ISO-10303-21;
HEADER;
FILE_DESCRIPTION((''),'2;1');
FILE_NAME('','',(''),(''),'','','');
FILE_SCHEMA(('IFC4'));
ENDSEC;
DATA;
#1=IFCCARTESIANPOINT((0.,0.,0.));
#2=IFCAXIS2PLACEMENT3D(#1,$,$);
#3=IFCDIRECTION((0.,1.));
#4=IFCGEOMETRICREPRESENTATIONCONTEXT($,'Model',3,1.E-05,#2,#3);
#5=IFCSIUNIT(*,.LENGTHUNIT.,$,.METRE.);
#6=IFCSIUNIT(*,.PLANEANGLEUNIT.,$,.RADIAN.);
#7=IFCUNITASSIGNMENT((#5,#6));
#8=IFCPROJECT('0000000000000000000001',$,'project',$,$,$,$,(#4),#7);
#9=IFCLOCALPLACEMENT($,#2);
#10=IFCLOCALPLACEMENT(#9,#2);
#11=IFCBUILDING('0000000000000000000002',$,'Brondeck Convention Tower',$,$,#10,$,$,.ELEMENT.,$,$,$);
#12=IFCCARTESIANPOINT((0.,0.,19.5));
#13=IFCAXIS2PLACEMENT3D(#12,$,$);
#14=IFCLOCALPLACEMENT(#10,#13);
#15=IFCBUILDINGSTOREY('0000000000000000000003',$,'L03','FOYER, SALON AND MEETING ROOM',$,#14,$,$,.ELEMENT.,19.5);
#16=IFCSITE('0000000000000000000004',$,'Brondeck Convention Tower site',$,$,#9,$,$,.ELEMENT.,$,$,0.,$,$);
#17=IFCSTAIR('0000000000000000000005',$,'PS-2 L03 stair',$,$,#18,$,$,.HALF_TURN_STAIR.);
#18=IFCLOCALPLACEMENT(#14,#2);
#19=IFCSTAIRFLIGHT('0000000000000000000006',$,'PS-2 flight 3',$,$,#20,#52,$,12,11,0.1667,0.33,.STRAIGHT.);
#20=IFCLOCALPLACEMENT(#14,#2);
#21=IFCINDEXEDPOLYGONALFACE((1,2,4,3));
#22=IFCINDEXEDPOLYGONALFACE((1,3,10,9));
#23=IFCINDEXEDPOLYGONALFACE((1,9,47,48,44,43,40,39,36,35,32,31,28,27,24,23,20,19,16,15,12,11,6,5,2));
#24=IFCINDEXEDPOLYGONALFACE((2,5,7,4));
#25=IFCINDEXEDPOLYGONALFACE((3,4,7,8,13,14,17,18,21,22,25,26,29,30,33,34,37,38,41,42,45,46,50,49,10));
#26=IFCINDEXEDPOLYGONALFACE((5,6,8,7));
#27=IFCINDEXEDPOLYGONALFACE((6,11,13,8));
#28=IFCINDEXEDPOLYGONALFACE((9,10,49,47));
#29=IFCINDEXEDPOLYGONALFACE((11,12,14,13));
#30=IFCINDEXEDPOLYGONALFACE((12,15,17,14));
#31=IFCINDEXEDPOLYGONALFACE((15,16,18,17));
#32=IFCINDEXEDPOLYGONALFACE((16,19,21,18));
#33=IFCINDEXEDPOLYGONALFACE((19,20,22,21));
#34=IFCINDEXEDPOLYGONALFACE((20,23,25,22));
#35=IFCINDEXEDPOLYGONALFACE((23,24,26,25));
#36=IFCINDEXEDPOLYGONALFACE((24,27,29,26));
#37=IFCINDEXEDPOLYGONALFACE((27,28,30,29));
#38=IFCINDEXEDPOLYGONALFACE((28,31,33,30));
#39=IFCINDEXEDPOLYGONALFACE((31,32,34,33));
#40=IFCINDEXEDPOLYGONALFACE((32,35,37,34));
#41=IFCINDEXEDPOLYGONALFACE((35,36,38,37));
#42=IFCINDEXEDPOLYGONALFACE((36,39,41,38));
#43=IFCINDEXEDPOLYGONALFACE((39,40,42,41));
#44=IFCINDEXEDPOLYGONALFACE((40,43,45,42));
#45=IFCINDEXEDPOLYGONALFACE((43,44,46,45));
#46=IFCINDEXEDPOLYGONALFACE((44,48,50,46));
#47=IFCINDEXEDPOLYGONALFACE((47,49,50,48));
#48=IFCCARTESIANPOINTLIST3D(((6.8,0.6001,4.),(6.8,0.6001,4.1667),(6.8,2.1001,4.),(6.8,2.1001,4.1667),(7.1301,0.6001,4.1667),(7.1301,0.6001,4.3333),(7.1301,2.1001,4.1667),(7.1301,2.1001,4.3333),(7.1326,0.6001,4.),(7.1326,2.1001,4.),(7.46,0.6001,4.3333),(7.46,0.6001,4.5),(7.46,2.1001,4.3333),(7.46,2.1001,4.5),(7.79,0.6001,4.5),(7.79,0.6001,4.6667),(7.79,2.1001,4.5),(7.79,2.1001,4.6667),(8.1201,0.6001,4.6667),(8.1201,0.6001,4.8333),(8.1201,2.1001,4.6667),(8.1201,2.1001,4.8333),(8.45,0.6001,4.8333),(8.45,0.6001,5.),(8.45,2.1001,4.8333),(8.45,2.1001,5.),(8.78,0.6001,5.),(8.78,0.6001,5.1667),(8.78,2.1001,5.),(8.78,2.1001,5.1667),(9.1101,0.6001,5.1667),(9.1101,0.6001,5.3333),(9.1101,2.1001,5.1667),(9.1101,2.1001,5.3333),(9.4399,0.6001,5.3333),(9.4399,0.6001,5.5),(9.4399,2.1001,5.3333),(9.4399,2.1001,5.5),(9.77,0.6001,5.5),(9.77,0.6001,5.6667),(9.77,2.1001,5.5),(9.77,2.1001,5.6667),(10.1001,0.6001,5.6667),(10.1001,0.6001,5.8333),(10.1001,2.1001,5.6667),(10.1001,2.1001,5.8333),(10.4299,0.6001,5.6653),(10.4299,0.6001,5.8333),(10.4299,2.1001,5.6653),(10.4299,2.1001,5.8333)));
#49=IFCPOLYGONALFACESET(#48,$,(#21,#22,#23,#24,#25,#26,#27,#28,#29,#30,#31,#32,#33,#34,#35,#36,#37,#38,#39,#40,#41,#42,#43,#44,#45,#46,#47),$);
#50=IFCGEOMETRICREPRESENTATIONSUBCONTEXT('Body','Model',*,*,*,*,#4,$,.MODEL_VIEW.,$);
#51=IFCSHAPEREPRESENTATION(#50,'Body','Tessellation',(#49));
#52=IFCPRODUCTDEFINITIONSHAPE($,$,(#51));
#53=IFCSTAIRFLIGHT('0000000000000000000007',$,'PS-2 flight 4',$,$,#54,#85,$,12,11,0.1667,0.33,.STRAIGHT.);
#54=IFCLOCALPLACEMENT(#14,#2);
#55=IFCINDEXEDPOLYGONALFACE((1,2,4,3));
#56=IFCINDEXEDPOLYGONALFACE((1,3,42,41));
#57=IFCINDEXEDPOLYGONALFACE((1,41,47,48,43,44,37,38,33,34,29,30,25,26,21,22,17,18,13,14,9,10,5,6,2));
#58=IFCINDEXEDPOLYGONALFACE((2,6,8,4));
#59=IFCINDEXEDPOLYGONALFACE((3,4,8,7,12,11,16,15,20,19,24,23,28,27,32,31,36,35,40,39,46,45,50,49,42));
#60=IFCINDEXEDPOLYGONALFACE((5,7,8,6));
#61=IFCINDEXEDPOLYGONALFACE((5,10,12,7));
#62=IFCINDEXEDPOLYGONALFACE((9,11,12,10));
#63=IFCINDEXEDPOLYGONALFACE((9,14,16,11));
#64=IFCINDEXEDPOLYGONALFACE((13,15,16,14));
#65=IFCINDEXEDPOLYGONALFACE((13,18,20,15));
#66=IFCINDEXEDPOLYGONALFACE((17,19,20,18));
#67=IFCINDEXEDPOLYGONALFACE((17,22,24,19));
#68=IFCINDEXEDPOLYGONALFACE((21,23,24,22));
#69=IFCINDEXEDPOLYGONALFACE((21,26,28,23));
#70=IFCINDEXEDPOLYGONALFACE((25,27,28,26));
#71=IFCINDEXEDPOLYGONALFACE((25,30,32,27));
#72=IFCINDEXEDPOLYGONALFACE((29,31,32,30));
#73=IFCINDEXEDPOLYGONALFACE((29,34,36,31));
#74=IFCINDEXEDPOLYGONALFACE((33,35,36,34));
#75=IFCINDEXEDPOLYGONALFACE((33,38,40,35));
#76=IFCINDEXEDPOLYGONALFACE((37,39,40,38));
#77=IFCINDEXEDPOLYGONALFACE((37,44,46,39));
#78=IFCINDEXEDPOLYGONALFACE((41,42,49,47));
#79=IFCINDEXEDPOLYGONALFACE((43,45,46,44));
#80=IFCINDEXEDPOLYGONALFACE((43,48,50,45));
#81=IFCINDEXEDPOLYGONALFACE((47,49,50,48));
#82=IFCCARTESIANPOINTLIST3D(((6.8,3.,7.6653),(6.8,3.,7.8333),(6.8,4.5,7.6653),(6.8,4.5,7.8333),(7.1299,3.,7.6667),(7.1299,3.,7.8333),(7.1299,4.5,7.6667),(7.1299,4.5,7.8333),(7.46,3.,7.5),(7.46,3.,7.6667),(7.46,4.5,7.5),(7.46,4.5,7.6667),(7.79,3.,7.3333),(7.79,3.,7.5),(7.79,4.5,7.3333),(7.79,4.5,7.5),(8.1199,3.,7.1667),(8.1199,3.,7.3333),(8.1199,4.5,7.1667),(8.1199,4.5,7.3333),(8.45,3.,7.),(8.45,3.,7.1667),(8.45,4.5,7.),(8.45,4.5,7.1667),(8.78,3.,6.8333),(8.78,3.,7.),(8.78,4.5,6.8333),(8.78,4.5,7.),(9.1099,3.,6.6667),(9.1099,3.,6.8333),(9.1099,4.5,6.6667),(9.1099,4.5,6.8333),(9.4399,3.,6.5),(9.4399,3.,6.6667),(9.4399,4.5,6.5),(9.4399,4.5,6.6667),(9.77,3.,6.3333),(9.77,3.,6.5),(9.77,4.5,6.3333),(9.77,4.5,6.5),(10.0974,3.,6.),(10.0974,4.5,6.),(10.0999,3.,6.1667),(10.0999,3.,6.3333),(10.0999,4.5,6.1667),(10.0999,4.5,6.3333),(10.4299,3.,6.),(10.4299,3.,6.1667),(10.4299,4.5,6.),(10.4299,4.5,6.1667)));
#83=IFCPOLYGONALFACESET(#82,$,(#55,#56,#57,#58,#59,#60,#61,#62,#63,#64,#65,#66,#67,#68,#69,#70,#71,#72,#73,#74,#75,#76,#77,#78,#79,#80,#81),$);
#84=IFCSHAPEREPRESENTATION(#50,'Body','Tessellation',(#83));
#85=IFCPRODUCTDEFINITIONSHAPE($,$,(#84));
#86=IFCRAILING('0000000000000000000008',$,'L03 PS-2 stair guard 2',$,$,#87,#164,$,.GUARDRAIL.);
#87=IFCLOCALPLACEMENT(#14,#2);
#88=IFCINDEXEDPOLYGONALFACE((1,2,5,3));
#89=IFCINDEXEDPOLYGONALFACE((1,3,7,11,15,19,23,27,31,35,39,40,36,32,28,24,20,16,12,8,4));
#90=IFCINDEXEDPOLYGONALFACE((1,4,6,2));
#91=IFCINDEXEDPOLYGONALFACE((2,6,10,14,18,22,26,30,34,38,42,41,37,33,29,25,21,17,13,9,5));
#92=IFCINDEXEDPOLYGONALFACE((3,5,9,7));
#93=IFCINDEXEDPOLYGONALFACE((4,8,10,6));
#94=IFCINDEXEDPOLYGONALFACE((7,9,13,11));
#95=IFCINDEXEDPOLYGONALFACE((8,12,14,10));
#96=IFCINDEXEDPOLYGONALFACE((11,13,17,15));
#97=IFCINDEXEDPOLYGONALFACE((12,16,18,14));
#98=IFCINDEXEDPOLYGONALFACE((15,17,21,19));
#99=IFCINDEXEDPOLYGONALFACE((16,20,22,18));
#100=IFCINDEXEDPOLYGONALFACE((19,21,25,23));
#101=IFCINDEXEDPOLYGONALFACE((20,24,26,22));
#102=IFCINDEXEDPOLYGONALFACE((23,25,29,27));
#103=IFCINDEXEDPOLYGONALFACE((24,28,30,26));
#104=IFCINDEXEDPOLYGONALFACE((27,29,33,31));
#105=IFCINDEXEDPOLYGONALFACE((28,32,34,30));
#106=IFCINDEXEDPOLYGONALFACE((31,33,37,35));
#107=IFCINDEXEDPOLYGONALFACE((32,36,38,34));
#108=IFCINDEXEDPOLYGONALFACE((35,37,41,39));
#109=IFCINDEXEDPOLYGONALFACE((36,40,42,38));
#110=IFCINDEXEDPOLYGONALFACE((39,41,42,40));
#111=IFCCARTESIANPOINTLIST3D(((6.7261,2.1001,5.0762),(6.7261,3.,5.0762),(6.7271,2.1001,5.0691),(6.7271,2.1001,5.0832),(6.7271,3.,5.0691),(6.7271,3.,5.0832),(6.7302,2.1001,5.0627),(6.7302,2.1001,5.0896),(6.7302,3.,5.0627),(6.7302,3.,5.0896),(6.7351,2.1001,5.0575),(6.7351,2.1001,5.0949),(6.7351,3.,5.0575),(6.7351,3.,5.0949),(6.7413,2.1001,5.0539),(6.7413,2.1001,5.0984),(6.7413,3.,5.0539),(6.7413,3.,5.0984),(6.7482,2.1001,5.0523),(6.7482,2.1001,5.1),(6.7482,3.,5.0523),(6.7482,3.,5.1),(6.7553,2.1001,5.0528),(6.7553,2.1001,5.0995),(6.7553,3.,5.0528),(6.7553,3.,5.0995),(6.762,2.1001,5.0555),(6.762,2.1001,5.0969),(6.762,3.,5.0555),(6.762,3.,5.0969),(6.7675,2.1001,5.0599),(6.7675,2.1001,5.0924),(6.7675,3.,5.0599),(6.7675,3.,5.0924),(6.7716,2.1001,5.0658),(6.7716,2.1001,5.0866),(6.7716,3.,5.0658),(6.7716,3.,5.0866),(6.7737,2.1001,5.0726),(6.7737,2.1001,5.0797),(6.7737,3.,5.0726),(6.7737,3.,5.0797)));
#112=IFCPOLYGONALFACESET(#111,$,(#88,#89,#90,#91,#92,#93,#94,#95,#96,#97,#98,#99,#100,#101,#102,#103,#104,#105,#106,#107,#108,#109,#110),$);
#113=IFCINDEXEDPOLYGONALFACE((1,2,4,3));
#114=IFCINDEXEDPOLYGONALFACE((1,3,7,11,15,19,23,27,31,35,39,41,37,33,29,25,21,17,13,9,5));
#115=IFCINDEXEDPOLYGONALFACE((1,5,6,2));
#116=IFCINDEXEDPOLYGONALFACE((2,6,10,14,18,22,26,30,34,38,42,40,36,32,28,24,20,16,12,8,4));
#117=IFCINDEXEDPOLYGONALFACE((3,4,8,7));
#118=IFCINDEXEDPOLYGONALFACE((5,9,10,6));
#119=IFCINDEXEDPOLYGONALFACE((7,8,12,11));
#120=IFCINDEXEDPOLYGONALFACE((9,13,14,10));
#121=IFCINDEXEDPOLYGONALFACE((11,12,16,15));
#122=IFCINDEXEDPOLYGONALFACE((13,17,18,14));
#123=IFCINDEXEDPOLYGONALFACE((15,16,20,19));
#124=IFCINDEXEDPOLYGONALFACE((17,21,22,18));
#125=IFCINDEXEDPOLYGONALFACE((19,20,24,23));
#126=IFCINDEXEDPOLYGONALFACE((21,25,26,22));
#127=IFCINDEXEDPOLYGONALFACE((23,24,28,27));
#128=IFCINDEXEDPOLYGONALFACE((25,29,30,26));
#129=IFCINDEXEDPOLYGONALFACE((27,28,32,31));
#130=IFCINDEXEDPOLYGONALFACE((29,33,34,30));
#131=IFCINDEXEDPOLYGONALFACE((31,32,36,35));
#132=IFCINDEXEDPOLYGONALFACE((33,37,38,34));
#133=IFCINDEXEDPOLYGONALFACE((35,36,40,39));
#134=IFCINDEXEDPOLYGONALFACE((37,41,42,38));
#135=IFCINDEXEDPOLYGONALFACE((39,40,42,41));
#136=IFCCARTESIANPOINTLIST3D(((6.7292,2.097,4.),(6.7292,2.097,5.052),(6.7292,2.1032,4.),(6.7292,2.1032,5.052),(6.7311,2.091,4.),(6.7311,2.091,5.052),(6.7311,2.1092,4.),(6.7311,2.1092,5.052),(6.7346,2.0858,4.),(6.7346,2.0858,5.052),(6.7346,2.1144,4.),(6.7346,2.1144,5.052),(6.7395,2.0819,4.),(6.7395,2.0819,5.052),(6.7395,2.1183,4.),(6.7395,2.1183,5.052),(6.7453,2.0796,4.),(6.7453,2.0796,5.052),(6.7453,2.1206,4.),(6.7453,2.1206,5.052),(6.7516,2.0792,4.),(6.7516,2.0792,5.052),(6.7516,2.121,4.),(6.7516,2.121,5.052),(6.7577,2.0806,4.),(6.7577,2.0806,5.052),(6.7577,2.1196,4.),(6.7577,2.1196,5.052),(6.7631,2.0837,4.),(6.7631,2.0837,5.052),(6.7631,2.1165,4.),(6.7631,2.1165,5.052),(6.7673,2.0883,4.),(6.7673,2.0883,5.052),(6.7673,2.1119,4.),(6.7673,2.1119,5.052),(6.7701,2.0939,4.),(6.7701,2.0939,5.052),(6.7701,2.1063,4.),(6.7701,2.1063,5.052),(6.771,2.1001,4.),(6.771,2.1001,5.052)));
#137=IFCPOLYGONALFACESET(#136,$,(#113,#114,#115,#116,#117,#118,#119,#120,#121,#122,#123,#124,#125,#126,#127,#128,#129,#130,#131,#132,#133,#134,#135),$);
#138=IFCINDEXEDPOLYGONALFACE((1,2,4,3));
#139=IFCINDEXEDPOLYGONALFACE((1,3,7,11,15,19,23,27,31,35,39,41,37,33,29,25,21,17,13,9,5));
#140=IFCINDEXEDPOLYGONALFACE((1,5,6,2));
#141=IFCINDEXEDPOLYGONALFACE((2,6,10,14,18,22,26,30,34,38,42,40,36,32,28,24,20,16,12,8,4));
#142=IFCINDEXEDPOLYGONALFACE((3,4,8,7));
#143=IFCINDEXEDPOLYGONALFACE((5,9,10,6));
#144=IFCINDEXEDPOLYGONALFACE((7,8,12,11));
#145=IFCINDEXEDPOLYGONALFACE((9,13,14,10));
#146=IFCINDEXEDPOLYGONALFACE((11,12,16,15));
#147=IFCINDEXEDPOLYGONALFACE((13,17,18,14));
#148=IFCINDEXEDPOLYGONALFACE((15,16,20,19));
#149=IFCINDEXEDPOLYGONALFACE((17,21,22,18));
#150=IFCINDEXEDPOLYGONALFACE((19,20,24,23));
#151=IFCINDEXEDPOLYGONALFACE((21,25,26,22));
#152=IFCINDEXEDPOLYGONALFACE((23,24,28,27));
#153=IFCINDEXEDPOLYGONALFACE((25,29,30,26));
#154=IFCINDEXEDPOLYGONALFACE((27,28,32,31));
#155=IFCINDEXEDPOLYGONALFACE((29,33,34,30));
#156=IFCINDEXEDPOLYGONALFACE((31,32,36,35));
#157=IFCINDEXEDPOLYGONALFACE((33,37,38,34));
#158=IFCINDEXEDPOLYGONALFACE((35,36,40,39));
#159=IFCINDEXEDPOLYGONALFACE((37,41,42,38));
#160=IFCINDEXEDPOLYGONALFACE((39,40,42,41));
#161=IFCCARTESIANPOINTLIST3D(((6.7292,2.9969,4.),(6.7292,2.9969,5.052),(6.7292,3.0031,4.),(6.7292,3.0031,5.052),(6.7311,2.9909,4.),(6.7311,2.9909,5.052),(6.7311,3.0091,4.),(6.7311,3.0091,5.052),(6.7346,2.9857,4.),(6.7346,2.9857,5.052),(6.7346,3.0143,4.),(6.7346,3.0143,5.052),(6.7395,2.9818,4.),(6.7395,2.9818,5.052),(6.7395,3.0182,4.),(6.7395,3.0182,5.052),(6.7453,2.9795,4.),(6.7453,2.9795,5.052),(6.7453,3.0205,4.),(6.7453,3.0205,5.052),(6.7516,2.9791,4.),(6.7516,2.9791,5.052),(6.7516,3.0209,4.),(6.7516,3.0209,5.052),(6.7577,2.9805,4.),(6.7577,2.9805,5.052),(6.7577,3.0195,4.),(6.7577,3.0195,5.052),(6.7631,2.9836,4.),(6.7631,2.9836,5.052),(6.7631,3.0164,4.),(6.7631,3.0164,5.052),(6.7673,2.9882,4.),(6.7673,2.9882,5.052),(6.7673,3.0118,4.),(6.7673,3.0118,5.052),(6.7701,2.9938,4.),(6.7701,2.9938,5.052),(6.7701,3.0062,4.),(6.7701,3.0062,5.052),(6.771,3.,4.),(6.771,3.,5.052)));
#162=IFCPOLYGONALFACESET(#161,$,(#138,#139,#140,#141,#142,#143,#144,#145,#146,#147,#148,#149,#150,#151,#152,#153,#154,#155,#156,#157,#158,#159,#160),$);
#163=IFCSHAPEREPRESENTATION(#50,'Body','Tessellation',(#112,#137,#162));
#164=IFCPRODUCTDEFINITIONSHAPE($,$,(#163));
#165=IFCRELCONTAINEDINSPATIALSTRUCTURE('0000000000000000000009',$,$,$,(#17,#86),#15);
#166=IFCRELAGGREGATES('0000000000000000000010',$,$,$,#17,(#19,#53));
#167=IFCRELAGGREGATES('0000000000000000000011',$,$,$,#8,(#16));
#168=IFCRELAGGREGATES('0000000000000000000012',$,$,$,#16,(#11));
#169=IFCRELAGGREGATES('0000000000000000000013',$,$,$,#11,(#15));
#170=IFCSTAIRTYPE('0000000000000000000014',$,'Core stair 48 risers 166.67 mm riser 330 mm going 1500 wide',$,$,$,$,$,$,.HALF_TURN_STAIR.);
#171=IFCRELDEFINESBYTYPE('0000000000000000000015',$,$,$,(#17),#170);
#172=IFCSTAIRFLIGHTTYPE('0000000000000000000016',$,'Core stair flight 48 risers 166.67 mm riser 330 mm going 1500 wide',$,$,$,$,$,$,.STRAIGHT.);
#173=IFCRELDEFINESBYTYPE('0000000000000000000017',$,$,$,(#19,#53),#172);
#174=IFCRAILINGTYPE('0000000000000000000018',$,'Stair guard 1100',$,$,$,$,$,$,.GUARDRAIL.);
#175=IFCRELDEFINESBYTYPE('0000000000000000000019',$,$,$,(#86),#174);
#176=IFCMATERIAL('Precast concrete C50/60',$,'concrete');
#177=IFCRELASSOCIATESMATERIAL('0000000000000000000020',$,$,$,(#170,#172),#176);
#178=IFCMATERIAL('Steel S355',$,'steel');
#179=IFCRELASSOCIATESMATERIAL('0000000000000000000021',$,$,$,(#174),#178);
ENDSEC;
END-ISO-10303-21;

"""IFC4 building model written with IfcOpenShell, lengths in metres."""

from ifc_helpers import new_model, si_unit, direction, frame, origin, origin_2d, place, context, subcontext, project, spatial, polyline, circle, outline, extrude, material, type_object, element, aggregate, save


model = new_model("IFC4")

# Units and contexts
model_context = context("Model", 3, precision=1e-05, world=origin(), true_north=direction((0.0, 1.0)))
body_context = subcontext(model_context, "Body", "Model", "MODEL_VIEW")
ifc_project = project(units=[si_unit("LENGTHUNIT", "METRE"), si_unit("PLANEANGLEUNIT", "RADIAN")], contexts=[model_context])

# Site, building, storey
site_placement = place(None, origin())
site = spatial("IfcSite", under=ifc_project, at=site_placement, Name="Brondeck Convention Tower site", CompositionType="ELEMENT", RefElevation=0.0)
building_placement = place(site_placement, origin())
building = spatial("IfcBuilding", under=site, at=building_placement, Name="Brondeck Convention Tower", CompositionType="ELEMENT")
storey_placement = place(building_placement, frame((0.0, 0.0, 19.5)))
storey = spatial("IfcBuildingStorey", under=building, at=storey_placement, Name="L03", Description="FOYER, SALON AND MEETING ROOM", CompositionType="ELEMENT", Elevation=19.5)

# Stair, stair flights
ifc_material_1 = material(Name="Precast concrete C50/60", Category="concrete")
stair_type = type_object("IfcStairType", Name="Core stair 48 risers 166.67 mm riser 330 mm going 1500 wide", PredefinedType="HALF_TURN_STAIR", material=ifc_material_1)
stair_placement = place(storey_placement, origin())
stair = element("IfcStair", 1, at=stair_placement, inside=storey, type_object=stair_type, Name="PS-2 L03 stair", PredefinedType="HALF_TURN_STAIR")
stair_flight_type = type_object("IfcStairFlightType", Name="Core stair flight 48 risers 166.67 mm riser 330 mm going 1500 wide", PredefinedType="STRAIGHT", material=ifc_material_1)
stair_flight_1_placement = place(storey_placement, frame((6.8, 1.3501, 4.0), z_axis=(0.0, 0.0, 1.0), x_axis=(1.0, 0.0, 0.0)))
stair_flight_1 = element("IfcStairFlight", 2, at=stair_flight_1_placement, type_object=stair_flight_type, Name="PS-2 flight 3", NumberOfRisers=12, NumberOfTreads=11, PredefinedType="STRAIGHT", RiserHeight=0.1667, TreadLength=0.33, context=body_context, shape_type="SweptSolid", body=[
    extrude(outline(polyline([(0.0, 0.0), (0.0, 0.1667), (0.3301, 0.1667), (0.3301, 0.3333), (0.6599, 0.3333), (0.6599, 0.5), (0.99, 0.5), (0.99, 0.6667), (1.3201, 0.6667), (1.3201, 0.8333), (1.6499, 0.8333), (1.6499, 1.0), (1.98, 1.0), (1.98, 1.1667), (2.3101, 1.1667), (2.3101, 1.3333), (2.6399, 1.3333), (2.6399, 1.5), (2.97, 1.5), (2.97, 1.6667), (3.3, 1.6667), (3.3, 1.8333), (3.6299, 1.8333), (3.6299, 2.0), (3.6299, 1.6653), (0.3325, 0.0), (0.0, 0.0)])), frame((0.0, 0.75, 0.0), z_axis=(0.0, -1.0, 0.0), x_axis=(1.0, 0.0, 0.0)), (0.0, 0.0, 1.0), 1.5),
])
stair_flight_2_placement = place(storey_placement, frame((10.4299, 3.75, 6.0), z_axis=(0.0, 0.0, 1.0), x_axis=(-1.0, 0.0, 0.0)))
stair_flight_2 = element("IfcStairFlight", 3, at=stair_flight_2_placement, type_object=stair_flight_type, Name="PS-2 flight 4", NumberOfRisers=12, NumberOfTreads=11, PredefinedType="STRAIGHT", RiserHeight=0.1667, TreadLength=0.33, context=body_context, shape_type="SweptSolid", body=[
    extrude(outline(polyline([(0.0, 0.0), (0.0, 0.1667), (0.3301, 0.1667), (0.3301, 0.3333), (0.6599, 0.3333), (0.6599, 0.5), (0.99, 0.5), (0.99, 0.6667), (1.3201, 0.6667), (1.3201, 0.8333), (1.6499, 0.8333), (1.6499, 1.0), (1.98, 1.0), (1.98, 1.1667), (2.3101, 1.1667), (2.3101, 1.3333), (2.6399, 1.3333), (2.6399, 1.5), (2.97, 1.5), (2.97, 1.6667), (3.3, 1.6667), (3.3, 1.8333), (3.6299, 1.8333), (3.6299, 2.0), (3.6299, 1.6653), (0.3325, 0.0), (0.0, 0.0)])), frame((0.0, 0.75, 0.0), z_axis=(0.0, -1.0, 0.0), x_axis=(1.0, 0.0, 0.0)), (0.0, 0.0, 1.0), 1.5),
])
aggregate(stair, [stair_flight_1, stair_flight_2])

# Railing
ifc_material_2 = material(Name="Steel S355", Category="steel")
railing_type_1 = type_object("IfcRailingType", Name="Stair guard 1100", PredefinedType="GUARDRAIL", material=ifc_material_2)
railing_1_placement = place(storey_placement, frame((6.75, 2.1001, 4.0)))
element("IfcRailing", 4, at=railing_1_placement, inside=storey, type_object=railing_type_1, Name="L03 PS-2 stair guard 2", PredefinedType="GUARDRAIL", context=body_context, shape_type="SweptSolid", body=[
    extrude(circle(Radius=0.0239, at=origin_2d()), frame((0.0, 0.0, 1.0762), z_axis=(0.0, 1.0, 0.0), x_axis=(-1.0, 0.0, 0.0)), (0.0, 0.0, 1.0), 0.8999),
    extrude(circle(Radius=0.021, at=origin_2d()), origin(), (0.0, 0.0, 1.0), 1.052),
    extrude(circle(Radius=0.021, at=origin_2d()), frame((0.0, 0.8999, 0.0)), (0.0, 0.0, 1.0), 1.052),
])

save(model, "model.ifc")
